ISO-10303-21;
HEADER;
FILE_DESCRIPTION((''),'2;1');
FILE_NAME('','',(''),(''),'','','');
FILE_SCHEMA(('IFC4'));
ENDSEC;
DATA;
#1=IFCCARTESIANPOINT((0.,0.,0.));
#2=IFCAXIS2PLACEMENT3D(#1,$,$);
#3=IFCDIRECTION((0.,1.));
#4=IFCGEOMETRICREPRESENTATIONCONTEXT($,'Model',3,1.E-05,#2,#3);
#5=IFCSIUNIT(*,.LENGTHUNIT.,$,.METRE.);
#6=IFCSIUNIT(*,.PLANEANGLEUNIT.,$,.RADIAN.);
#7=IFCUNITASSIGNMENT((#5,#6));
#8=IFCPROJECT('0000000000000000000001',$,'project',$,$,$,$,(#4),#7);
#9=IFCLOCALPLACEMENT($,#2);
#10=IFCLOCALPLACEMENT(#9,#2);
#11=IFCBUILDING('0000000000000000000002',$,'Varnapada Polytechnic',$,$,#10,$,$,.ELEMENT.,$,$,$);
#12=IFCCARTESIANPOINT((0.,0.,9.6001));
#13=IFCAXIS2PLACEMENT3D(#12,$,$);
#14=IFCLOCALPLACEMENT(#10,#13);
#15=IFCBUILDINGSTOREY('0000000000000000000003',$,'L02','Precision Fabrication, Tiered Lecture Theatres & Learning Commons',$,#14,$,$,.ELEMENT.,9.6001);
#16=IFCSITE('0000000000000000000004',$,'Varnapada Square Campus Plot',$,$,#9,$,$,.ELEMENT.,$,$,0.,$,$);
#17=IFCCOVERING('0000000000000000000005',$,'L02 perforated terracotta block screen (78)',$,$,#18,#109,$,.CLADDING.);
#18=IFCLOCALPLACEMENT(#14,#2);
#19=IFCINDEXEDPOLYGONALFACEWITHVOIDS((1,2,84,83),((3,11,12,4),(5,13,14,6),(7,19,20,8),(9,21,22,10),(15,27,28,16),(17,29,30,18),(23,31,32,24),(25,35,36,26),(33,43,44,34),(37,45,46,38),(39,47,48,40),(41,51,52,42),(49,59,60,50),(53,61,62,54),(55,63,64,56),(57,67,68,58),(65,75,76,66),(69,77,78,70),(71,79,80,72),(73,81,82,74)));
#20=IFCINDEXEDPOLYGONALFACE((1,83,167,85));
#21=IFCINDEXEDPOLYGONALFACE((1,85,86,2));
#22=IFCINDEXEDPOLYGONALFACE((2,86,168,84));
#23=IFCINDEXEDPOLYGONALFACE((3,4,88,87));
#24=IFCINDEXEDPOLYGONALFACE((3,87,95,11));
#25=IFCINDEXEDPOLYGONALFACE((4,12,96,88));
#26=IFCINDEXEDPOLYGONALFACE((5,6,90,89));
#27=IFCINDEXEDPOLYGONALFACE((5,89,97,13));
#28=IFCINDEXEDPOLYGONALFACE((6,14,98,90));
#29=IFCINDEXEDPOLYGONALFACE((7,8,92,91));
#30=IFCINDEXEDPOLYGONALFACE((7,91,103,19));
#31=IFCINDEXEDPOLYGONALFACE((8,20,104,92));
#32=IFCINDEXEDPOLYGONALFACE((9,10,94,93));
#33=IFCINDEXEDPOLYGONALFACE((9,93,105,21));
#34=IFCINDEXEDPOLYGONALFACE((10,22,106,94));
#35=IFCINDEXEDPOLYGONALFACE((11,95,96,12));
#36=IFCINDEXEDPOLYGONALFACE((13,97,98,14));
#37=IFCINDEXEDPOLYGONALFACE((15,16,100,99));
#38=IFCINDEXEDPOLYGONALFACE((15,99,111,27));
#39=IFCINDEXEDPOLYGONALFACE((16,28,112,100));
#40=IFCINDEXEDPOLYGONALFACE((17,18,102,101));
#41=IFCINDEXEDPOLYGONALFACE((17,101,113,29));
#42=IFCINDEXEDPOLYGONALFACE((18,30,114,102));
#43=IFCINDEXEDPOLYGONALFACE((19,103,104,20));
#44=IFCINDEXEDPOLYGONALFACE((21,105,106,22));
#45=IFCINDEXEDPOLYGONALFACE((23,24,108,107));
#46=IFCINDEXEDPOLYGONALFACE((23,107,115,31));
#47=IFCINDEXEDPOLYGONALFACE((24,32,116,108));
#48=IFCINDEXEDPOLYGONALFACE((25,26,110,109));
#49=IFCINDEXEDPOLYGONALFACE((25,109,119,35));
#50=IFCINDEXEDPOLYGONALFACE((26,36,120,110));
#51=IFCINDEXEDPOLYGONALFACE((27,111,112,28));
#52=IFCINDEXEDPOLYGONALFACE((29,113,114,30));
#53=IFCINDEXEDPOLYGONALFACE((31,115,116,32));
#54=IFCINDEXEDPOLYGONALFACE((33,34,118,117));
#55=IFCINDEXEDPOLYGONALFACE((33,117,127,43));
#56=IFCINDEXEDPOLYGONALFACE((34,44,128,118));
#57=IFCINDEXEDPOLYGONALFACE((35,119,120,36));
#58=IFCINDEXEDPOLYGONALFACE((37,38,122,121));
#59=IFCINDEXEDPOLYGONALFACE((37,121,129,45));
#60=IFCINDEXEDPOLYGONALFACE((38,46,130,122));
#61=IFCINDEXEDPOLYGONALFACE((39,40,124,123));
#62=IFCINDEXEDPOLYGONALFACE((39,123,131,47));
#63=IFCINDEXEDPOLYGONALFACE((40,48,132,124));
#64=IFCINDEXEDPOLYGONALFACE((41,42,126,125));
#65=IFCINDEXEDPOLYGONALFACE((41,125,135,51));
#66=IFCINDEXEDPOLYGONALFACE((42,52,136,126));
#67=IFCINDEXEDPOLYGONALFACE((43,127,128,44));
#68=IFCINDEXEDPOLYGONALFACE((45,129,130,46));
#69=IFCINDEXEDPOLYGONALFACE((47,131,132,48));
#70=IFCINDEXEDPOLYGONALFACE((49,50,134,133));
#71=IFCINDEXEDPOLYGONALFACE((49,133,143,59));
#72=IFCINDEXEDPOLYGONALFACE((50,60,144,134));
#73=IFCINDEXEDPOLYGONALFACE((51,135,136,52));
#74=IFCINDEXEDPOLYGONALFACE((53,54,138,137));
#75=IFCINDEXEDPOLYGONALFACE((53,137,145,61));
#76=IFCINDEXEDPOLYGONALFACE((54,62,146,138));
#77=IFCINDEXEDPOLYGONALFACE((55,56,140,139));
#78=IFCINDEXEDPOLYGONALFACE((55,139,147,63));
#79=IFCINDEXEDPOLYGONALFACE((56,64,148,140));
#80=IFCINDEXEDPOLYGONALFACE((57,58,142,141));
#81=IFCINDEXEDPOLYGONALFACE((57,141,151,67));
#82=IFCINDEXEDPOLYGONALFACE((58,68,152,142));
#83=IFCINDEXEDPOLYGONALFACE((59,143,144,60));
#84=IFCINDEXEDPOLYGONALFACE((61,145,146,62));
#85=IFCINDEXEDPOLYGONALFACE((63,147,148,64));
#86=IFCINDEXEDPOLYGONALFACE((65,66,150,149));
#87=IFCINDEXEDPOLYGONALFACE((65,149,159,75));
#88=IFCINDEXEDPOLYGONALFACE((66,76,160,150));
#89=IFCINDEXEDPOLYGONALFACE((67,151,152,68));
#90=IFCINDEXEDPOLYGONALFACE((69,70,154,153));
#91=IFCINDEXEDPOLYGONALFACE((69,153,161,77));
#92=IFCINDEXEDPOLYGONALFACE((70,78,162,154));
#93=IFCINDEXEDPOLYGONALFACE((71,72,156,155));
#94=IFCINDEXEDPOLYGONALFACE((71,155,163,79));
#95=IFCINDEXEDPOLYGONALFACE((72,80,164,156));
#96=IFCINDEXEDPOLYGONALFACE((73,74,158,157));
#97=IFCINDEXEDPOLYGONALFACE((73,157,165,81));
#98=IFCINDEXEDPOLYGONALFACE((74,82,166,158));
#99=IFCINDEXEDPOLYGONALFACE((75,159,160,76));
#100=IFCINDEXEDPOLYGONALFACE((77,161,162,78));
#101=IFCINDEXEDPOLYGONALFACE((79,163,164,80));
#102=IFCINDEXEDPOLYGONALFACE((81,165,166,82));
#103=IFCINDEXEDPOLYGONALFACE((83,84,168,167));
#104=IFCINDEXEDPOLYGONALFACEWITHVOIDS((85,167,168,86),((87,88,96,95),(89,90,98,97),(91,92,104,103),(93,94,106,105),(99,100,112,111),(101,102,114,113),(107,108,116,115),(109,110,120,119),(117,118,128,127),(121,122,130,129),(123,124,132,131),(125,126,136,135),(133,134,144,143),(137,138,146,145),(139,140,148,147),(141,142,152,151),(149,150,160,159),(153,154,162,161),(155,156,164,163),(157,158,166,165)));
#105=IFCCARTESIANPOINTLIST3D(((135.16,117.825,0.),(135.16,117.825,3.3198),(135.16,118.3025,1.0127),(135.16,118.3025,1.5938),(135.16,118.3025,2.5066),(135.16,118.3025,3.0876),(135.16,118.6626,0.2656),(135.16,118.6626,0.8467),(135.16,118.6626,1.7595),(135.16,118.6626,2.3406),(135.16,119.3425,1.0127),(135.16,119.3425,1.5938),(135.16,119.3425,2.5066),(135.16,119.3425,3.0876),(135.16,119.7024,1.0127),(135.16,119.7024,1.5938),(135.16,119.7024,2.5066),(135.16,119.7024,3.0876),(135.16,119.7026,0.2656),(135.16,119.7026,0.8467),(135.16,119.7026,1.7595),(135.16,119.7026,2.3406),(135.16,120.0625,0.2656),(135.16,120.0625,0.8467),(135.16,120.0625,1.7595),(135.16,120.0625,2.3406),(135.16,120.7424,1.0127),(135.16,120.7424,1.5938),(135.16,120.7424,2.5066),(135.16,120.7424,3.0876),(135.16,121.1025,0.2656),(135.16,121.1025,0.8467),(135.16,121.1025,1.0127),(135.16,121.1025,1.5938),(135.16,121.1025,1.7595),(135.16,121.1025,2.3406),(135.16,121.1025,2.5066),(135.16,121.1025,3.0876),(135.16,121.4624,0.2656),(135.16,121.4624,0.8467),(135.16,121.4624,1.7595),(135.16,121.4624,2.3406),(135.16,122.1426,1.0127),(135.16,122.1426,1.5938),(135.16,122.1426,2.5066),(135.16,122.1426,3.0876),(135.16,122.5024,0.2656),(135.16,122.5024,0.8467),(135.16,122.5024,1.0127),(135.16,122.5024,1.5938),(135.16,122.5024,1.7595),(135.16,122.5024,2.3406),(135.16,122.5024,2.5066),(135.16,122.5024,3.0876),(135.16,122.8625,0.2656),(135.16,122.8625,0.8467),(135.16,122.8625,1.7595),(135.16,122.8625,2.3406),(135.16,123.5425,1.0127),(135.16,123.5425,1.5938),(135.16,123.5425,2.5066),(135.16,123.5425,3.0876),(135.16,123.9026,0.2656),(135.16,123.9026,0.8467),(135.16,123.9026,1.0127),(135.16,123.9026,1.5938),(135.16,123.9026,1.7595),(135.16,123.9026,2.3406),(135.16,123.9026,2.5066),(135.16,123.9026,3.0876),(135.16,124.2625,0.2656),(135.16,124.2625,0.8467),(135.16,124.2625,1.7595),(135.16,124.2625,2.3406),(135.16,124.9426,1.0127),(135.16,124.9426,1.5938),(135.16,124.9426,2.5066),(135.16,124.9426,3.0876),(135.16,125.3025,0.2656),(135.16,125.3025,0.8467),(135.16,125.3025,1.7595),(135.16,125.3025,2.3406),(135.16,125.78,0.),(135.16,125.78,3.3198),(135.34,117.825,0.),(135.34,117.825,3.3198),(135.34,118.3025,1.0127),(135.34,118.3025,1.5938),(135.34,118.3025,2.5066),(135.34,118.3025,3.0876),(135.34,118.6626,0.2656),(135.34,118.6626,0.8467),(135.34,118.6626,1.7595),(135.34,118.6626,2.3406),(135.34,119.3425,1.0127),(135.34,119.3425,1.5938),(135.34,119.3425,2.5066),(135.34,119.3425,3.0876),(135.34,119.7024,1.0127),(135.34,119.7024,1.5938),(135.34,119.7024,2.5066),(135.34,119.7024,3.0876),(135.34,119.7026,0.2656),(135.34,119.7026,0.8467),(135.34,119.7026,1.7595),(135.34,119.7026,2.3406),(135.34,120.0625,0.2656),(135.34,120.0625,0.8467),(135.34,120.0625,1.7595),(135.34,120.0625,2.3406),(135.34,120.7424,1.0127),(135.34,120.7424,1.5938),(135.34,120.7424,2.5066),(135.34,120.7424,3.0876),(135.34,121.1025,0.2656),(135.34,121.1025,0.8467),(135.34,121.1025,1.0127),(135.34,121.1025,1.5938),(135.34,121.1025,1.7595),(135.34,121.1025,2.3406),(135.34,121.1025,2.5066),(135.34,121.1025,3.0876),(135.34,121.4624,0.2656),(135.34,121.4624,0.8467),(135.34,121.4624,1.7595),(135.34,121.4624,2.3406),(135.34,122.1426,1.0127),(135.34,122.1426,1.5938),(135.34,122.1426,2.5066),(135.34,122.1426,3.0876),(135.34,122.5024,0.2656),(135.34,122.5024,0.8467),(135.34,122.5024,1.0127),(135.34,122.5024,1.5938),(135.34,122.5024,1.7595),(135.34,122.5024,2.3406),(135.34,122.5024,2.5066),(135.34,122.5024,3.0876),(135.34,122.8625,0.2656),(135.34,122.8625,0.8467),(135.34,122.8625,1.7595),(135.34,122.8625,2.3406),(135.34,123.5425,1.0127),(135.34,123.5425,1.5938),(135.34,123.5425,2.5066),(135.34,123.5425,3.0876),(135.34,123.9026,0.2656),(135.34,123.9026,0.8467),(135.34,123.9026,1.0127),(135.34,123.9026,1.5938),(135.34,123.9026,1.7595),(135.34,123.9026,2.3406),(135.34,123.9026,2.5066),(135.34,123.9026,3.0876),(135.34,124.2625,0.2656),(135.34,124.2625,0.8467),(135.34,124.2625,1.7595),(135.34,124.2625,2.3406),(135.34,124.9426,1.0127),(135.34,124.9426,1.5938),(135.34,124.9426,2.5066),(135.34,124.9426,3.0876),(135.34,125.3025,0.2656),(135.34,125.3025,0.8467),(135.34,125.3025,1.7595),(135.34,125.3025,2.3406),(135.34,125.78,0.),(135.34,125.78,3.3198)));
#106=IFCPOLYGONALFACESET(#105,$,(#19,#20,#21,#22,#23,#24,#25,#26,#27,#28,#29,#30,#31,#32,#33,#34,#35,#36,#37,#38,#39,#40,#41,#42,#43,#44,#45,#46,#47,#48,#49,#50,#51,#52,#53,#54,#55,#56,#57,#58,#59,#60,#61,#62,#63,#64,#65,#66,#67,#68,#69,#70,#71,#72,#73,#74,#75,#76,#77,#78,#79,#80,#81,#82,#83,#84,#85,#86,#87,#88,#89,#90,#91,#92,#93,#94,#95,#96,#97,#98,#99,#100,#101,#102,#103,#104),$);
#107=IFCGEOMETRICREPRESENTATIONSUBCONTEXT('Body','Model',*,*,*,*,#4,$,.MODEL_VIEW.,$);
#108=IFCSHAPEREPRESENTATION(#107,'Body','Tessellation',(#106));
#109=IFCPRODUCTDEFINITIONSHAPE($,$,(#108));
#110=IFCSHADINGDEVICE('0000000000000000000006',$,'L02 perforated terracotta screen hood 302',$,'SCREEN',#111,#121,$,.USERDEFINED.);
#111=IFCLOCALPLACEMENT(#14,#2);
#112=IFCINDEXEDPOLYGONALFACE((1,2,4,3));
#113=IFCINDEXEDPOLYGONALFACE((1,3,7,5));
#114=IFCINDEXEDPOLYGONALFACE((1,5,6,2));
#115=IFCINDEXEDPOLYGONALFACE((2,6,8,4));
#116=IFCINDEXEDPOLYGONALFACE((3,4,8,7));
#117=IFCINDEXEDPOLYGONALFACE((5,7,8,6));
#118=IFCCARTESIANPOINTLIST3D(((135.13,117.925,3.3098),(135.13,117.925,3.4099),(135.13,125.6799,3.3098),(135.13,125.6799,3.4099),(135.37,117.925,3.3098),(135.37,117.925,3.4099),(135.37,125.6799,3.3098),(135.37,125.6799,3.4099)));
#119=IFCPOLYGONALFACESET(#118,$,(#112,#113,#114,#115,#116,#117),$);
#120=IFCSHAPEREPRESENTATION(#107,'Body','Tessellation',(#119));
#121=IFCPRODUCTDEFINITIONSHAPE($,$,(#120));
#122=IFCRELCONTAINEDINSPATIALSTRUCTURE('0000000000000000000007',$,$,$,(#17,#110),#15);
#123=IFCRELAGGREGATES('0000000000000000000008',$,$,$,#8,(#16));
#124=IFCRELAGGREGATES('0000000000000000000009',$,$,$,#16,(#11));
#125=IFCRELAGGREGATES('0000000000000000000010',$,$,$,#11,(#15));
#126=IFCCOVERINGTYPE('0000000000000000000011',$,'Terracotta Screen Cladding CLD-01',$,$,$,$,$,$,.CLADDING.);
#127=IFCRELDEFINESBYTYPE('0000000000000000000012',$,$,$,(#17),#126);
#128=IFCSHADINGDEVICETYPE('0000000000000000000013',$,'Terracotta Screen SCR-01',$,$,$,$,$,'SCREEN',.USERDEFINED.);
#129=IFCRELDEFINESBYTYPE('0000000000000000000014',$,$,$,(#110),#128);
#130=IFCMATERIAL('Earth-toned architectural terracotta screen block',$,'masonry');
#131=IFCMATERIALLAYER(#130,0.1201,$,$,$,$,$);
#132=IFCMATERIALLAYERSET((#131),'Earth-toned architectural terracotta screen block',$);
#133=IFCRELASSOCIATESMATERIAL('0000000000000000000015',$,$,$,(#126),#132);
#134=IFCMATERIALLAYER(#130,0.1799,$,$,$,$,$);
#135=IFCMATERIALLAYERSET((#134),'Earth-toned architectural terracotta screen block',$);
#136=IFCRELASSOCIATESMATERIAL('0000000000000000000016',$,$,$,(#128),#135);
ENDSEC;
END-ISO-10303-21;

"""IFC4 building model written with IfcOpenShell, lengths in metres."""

from ifc_helpers import new_model, si_unit, direction, frame, frame_2d, origin, origin_2d, place, context, subcontext, project, spatial, rectangle, extrude, material, layer, layer_set, type_object, element, save


model = new_model("IFC4")

# Units and contexts
model_context = context("Model", 3, precision=1e-05, world=origin(), true_north=direction((0.0, 1.0)))
body_context = subcontext(model_context, "Body", "Model", "MODEL_VIEW")
ifc_project = project(units=[si_unit("LENGTHUNIT", "METRE"), si_unit("PLANEANGLEUNIT", "RADIAN")], contexts=[model_context])

# Site, building, storey
site_placement = place(None, origin())
site = spatial("IfcSite", under=ifc_project, at=site_placement, Name="Varnapada Square Campus Plot", CompositionType="ELEMENT", RefElevation=0.0)
building_placement = place(site_placement, origin())
building = spatial("IfcBuilding", under=site, at=building_placement, Name="Varnapada Polytechnic", CompositionType="ELEMENT")
storey_placement = place(building_placement, frame((0.0, 0.0, 9.6001)))
storey = spatial("IfcBuildingStorey", under=building, at=storey_placement, Name="L02", Description="Precision Fabrication, Tiered Lecture Theatres & Learning Commons", CompositionType="ELEMENT", Elevation=9.6001)

# Covering, openings
ifc_material_1 = material(Name="Earth-toned architectural terracotta screen block", Category="masonry")
ifc_layer_1 = layer(ifc_material_1, 0.1201)
ifc_layer_set_1 = layer_set([ifc_layer_1], Name="Earth-toned architectural terracotta screen block")
covering_type = type_object("IfcCoveringType", Name="Terracotta Screen Cladding CLD-01", PredefinedType="CLADDING", material=ifc_layer_set_1)
covering_placement = place(storey_placement, frame((135.25, 125.78, 0.0), z_axis=(0.0, 0.0, 1.0), x_axis=(0.0, -1.0, 0.0)))
covering = element("IfcCovering", 1, at=covering_placement, inside=storey, type_object=covering_type, Name="L02 perforated terracotta block screen (78)", PredefinedType="CLADDING", context=body_context, shape_type="SweptSolid", body=[
    extrude(rectangle(XDim=7.9551, YDim=0.1799, at=frame_2d((3.9775, 0.0))), origin(), (0.0, 0.0, 1.0), 3.3198),
])
opening_1_placement = place(covering_placement, frame((0.4775, 0.0, 0.2656)))
element("IfcOpeningElement", 2, at=opening_1_placement, cuts=covering, PredefinedType="OPENING", context=body_context, shape_type="SweptSolid", body=[
    extrude(rectangle(XDim=1.04, YDim=0.5811, at=frame_2d((0.52, 0.2905))), frame((0.0, 0.0999, 0.0), z_axis=(0.0, -1.0, 0.0), x_axis=(1.0, 0.0, 0.0)), (0.0, 0.0, 1.0), 0.2),
])
opening_2_placement = place(covering_placement, frame((1.8774, 0.0, 0.2656)))
element("IfcOpeningElement", 3, at=opening_2_placement, cuts=covering, PredefinedType="OPENING", context=body_context, shape_type="SweptSolid", body=[
    extrude(rectangle(XDim=1.04, YDim=0.5811, at=frame_2d((0.52, 0.2905))), frame((0.0, 0.0999, 0.0), z_axis=(0.0, -1.0, 0.0), x_axis=(1.0, 0.0, 0.0)), (0.0, 0.0, 1.0), 0.2),
])
opening_3_placement = place(covering_placement, frame((3.2776, 0.0, 0.2656)))
element("IfcOpeningElement", 4, at=opening_3_placement, cuts=covering, PredefinedType="OPENING", context=body_context, shape_type="SweptSolid", body=[
    extrude(rectangle(XDim=1.04, YDim=0.5811, at=frame_2d((0.52, 0.2905))), frame((0.0, 0.0999, 0.0), z_axis=(0.0, -1.0, 0.0), x_axis=(1.0, 0.0, 0.0)), (0.0, 0.0, 1.0), 0.2),
])
opening_4_placement = place(covering_placement, frame((4.6775, 0.0, 0.2656)))
element("IfcOpeningElement", 5, at=opening_4_placement, cuts=covering, PredefinedType="OPENING", context=body_context, shape_type="SweptSolid", body=[
    extrude(rectangle(XDim=1.04, YDim=0.5811, at=frame_2d((0.52, 0.2905))), frame((0.0, 0.0999, 0.0), z_axis=(0.0, -1.0, 0.0), x_axis=(1.0, 0.0, 0.0)), (0.0, 0.0, 1.0), 0.2),
])
opening_5_placement = place(covering_placement, frame((6.0774, 0.0, 0.2656)))
element("IfcOpeningElement", 6, at=opening_5_placement, cuts=covering, PredefinedType="OPENING", context=body_context, shape_type="SweptSolid", body=[
    extrude(rectangle(XDim=1.04, YDim=0.5811, at=frame_2d((0.52, 0.2905))), frame((0.0, 0.0999, 0.0), z_axis=(0.0, -1.0, 0.0), x_axis=(1.0, 0.0, 0.0)), (0.0, 0.0, 1.0), 0.2),
])
opening_6_placement = place(covering_placement, frame((0.8374, 0.0, 1.0127)))
element("IfcOpeningElement", 7, at=opening_6_placement, cuts=covering, PredefinedType="OPENING", context=body_context, shape_type="SweptSolid", body=[
    extrude(rectangle(XDim=1.04, YDim=0.5811, at=frame_2d((0.52, 0.2905))), frame((0.0, 0.0999, 0.0), z_axis=(0.0, -1.0, 0.0), x_axis=(1.0, 0.0, 0.0)), (0.0, 0.0, 1.0), 0.2),
])
opening_7_placement = place(covering_placement, frame((2.2375, 0.0, 1.0127)))
element("IfcOpeningElement", 8, at=opening_7_placement, cuts=covering, PredefinedType="OPENING", context=body_context, shape_type="SweptSolid", body=[
    extrude(rectangle(XDim=1.04, YDim=0.5811, at=frame_2d((0.52, 0.2905))), frame((0.0, 0.0999, 0.0), z_axis=(0.0, -1.0, 0.0), x_axis=(1.0, 0.0, 0.0)), (0.0, 0.0, 1.0), 0.2),
])
opening_8_placement = place(covering_placement, frame((3.6375, 0.0, 1.0127)))
element("IfcOpeningElement", 9, at=opening_8_placement, cuts=covering, PredefinedType="OPENING", context=body_context, shape_type="SweptSolid", body=[
    extrude(rectangle(XDim=1.04, YDim=0.5811, at=frame_2d((0.52, 0.2905))), frame((0.0, 0.0999, 0.0), z_axis=(0.0, -1.0, 0.0), x_axis=(1.0, 0.0, 0.0)), (0.0, 0.0, 1.0), 0.2),
])
opening_9_placement = place(covering_placement, frame((5.0376, 0.0, 1.0127)))
element("IfcOpeningElement", 10, at=opening_9_placement, cuts=covering, PredefinedType="OPENING", context=body_context, shape_type="SweptSolid", body=[
    extrude(rectangle(XDim=1.04, YDim=0.5811, at=frame_2d((0.52, 0.2905))), frame((0.0, 0.0999, 0.0), z_axis=(0.0, -1.0, 0.0), x_axis=(1.0, 0.0, 0.0)), (0.0, 0.0, 1.0), 0.2),
])
opening_10_placement = place(covering_placement, frame((6.4375, 0.0, 1.0127)))
element("IfcOpeningElement", 11, at=opening_10_placement, cuts=covering, PredefinedType="OPENING", context=body_context, shape_type="SweptSolid", body=[
    extrude(rectangle(XDim=1.04, YDim=0.5811, at=frame_2d((0.52, 0.2905))), frame((0.0, 0.0999, 0.0), z_axis=(0.0, -1.0, 0.0), x_axis=(1.0, 0.0, 0.0)), (0.0, 0.0, 1.0), 0.2),
])
opening_11_placement = place(covering_placement, frame((0.4775, 0.0, 1.7595)))
element("IfcOpeningElement", 12, at=opening_11_placement, cuts=covering, PredefinedType="OPENING", context=body_context, shape_type="SweptSolid", body=[
    extrude(rectangle(XDim=1.04, YDim=0.5811, at=frame_2d((0.52, 0.2905))), frame((0.0, 0.0999, 0.0), z_axis=(0.0, -1.0, 0.0), x_axis=(1.0, 0.0, 0.0)), (0.0, 0.0, 1.0), 0.2),
])
opening_12_placement = place(covering_placement, frame((1.8774, 0.0, 1.7595)))
element("IfcOpeningElement", 13, at=opening_12_placement, cuts=covering, PredefinedType="OPENING", context=body_context, shape_type="SweptSolid", body=[
    extrude(rectangle(XDim=1.04, YDim=0.5811, at=frame_2d((0.52, 0.2905))), frame((0.0, 0.0999, 0.0), z_axis=(0.0, -1.0, 0.0), x_axis=(1.0, 0.0, 0.0)), (0.0, 0.0, 1.0), 0.2),
])
opening_13_placement = place(covering_placement, frame((3.2776, 0.0, 1.7595)))
element("IfcOpeningElement", 14, at=opening_13_placement, cuts=covering, PredefinedType="OPENING", context=body_context, shape_type="SweptSolid", body=[
    extrude(rectangle(XDim=1.04, YDim=0.5811, at=frame_2d((0.52, 0.2905))), frame((0.0, 0.0999, 0.0), z_axis=(0.0, -1.0, 0.0), x_axis=(1.0, 0.0, 0.0)), (0.0, 0.0, 1.0), 0.2),
])
opening_14_placement = place(covering_placement, frame((4.6775, 0.0, 1.7595)))
element("IfcOpeningElement", 15, at=opening_14_placement, cuts=covering, PredefinedType="OPENING", context=body_context, shape_type="SweptSolid", body=[
    extrude(rectangle(XDim=1.04, YDim=0.5811, at=frame_2d((0.52, 0.2905))), frame((0.0, 0.0999, 0.0), z_axis=(0.0, -1.0, 0.0), x_axis=(1.0, 0.0, 0.0)), (0.0, 0.0, 1.0), 0.2),
])
opening_15_placement = place(covering_placement, frame((6.0774, 0.0, 1.7595)))
element("IfcOpeningElement", 16, at=opening_15_placement, cuts=covering, PredefinedType="OPENING", context=body_context, shape_type="SweptSolid", body=[
    extrude(rectangle(XDim=1.04, YDim=0.5811, at=frame_2d((0.52, 0.2905))), frame((0.0, 0.0999, 0.0), z_axis=(0.0, -1.0, 0.0), x_axis=(1.0, 0.0, 0.0)), (0.0, 0.0, 1.0), 0.2),
])
opening_16_placement = place(covering_placement, frame((0.8374, 0.0, 2.5066)))
element("IfcOpeningElement", 17, at=opening_16_placement, cuts=covering, PredefinedType="OPENING", context=body_context, shape_type="SweptSolid", body=[
    extrude(rectangle(XDim=1.04, YDim=0.5811, at=frame_2d((0.52, 0.2905))), frame((0.0, 0.0999, 0.0), z_axis=(0.0, -1.0, 0.0), x_axis=(1.0, 0.0, 0.0)), (0.0, 0.0, 1.0), 0.2),
])
opening_17_placement = place(covering_placement, frame((2.2375, 0.0, 2.5066)))
element("IfcOpeningElement", 18, at=opening_17_placement, cuts=covering, PredefinedType="OPENING", context=body_context, shape_type="SweptSolid", body=[
    extrude(rectangle(XDim=1.04, YDim=0.5811, at=frame_2d((0.52, 0.2905))), frame((0.0, 0.0999, 0.0), z_axis=(0.0, -1.0, 0.0), x_axis=(1.0, 0.0, 0.0)), (0.0, 0.0, 1.0), 0.2),
])
opening_18_placement = place(covering_placement, frame((3.6375, 0.0, 2.5066)))
element("IfcOpeningElement", 19, at=opening_18_placement, cuts=covering, PredefinedType="OPENING", context=body_context, shape_type="SweptSolid", body=[
    extrude(rectangle(XDim=1.04, YDim=0.5811, at=frame_2d((0.52, 0.2905))), frame((0.0, 0.0999, 0.0), z_axis=(0.0, -1.0, 0.0), x_axis=(1.0, 0.0, 0.0)), (0.0, 0.0, 1.0), 0.2),
])
opening_19_placement = place(covering_placement, frame((5.0376, 0.0, 2.5066)))
element("IfcOpeningElement", 20, at=opening_19_placement, cuts=covering, PredefinedType="OPENING", context=body_context, shape_type="SweptSolid", body=[
    extrude(rectangle(XDim=1.04, YDim=0.5811, at=frame_2d((0.52, 0.2905))), frame((0.0, 0.0999, 0.0), z_axis=(0.0, -1.0, 0.0), x_axis=(1.0, 0.0, 0.0)), (0.0, 0.0, 1.0), 0.2),
])
opening_20_placement = place(covering_placement, frame((6.4375, 0.0, 2.5066)))
element("IfcOpeningElement", 21, at=opening_20_placement, cuts=covering, PredefinedType="OPENING", context=body_context, shape_type="SweptSolid", body=[
    extrude(rectangle(XDim=1.04, YDim=0.5811, at=frame_2d((0.52, 0.2905))), frame((0.0, 0.0999, 0.0), z_axis=(0.0, -1.0, 0.0), x_axis=(1.0, 0.0, 0.0)), (0.0, 0.0, 1.0), 0.2),
])

# Shading device
ifc_layer_2 = layer(ifc_material_1, 0.1799)
ifc_layer_set_2 = layer_set([ifc_layer_2], Name="Earth-toned architectural terracotta screen block")
shading_device_type = type_object("IfcShadingDeviceType", Name="Terracotta Screen SCR-01", ElementType="SCREEN", PredefinedType="USERDEFINED", material=ifc_layer_set_2)
shading_device_1_placement = place(storey_placement, frame((135.25, 121.8025, 3.3098), z_axis=(0.0, 0.0, 1.0), x_axis=(0.0, -1.0, 0.0)))
element("IfcShadingDevice", 22, at=shading_device_1_placement, inside=storey, type_object=shading_device_type, Name="L02 perforated terracotta screen hood 302", ObjectType="SCREEN", PredefinedType="USERDEFINED", context=body_context, shape_type="SweptSolid", body=[
    extrude(rectangle(XDim=7.7549, YDim=0.24, at=origin_2d()), origin(), (0.0, 0.0, 1.0), 0.1001),
])

save(model, "model.ifc")
